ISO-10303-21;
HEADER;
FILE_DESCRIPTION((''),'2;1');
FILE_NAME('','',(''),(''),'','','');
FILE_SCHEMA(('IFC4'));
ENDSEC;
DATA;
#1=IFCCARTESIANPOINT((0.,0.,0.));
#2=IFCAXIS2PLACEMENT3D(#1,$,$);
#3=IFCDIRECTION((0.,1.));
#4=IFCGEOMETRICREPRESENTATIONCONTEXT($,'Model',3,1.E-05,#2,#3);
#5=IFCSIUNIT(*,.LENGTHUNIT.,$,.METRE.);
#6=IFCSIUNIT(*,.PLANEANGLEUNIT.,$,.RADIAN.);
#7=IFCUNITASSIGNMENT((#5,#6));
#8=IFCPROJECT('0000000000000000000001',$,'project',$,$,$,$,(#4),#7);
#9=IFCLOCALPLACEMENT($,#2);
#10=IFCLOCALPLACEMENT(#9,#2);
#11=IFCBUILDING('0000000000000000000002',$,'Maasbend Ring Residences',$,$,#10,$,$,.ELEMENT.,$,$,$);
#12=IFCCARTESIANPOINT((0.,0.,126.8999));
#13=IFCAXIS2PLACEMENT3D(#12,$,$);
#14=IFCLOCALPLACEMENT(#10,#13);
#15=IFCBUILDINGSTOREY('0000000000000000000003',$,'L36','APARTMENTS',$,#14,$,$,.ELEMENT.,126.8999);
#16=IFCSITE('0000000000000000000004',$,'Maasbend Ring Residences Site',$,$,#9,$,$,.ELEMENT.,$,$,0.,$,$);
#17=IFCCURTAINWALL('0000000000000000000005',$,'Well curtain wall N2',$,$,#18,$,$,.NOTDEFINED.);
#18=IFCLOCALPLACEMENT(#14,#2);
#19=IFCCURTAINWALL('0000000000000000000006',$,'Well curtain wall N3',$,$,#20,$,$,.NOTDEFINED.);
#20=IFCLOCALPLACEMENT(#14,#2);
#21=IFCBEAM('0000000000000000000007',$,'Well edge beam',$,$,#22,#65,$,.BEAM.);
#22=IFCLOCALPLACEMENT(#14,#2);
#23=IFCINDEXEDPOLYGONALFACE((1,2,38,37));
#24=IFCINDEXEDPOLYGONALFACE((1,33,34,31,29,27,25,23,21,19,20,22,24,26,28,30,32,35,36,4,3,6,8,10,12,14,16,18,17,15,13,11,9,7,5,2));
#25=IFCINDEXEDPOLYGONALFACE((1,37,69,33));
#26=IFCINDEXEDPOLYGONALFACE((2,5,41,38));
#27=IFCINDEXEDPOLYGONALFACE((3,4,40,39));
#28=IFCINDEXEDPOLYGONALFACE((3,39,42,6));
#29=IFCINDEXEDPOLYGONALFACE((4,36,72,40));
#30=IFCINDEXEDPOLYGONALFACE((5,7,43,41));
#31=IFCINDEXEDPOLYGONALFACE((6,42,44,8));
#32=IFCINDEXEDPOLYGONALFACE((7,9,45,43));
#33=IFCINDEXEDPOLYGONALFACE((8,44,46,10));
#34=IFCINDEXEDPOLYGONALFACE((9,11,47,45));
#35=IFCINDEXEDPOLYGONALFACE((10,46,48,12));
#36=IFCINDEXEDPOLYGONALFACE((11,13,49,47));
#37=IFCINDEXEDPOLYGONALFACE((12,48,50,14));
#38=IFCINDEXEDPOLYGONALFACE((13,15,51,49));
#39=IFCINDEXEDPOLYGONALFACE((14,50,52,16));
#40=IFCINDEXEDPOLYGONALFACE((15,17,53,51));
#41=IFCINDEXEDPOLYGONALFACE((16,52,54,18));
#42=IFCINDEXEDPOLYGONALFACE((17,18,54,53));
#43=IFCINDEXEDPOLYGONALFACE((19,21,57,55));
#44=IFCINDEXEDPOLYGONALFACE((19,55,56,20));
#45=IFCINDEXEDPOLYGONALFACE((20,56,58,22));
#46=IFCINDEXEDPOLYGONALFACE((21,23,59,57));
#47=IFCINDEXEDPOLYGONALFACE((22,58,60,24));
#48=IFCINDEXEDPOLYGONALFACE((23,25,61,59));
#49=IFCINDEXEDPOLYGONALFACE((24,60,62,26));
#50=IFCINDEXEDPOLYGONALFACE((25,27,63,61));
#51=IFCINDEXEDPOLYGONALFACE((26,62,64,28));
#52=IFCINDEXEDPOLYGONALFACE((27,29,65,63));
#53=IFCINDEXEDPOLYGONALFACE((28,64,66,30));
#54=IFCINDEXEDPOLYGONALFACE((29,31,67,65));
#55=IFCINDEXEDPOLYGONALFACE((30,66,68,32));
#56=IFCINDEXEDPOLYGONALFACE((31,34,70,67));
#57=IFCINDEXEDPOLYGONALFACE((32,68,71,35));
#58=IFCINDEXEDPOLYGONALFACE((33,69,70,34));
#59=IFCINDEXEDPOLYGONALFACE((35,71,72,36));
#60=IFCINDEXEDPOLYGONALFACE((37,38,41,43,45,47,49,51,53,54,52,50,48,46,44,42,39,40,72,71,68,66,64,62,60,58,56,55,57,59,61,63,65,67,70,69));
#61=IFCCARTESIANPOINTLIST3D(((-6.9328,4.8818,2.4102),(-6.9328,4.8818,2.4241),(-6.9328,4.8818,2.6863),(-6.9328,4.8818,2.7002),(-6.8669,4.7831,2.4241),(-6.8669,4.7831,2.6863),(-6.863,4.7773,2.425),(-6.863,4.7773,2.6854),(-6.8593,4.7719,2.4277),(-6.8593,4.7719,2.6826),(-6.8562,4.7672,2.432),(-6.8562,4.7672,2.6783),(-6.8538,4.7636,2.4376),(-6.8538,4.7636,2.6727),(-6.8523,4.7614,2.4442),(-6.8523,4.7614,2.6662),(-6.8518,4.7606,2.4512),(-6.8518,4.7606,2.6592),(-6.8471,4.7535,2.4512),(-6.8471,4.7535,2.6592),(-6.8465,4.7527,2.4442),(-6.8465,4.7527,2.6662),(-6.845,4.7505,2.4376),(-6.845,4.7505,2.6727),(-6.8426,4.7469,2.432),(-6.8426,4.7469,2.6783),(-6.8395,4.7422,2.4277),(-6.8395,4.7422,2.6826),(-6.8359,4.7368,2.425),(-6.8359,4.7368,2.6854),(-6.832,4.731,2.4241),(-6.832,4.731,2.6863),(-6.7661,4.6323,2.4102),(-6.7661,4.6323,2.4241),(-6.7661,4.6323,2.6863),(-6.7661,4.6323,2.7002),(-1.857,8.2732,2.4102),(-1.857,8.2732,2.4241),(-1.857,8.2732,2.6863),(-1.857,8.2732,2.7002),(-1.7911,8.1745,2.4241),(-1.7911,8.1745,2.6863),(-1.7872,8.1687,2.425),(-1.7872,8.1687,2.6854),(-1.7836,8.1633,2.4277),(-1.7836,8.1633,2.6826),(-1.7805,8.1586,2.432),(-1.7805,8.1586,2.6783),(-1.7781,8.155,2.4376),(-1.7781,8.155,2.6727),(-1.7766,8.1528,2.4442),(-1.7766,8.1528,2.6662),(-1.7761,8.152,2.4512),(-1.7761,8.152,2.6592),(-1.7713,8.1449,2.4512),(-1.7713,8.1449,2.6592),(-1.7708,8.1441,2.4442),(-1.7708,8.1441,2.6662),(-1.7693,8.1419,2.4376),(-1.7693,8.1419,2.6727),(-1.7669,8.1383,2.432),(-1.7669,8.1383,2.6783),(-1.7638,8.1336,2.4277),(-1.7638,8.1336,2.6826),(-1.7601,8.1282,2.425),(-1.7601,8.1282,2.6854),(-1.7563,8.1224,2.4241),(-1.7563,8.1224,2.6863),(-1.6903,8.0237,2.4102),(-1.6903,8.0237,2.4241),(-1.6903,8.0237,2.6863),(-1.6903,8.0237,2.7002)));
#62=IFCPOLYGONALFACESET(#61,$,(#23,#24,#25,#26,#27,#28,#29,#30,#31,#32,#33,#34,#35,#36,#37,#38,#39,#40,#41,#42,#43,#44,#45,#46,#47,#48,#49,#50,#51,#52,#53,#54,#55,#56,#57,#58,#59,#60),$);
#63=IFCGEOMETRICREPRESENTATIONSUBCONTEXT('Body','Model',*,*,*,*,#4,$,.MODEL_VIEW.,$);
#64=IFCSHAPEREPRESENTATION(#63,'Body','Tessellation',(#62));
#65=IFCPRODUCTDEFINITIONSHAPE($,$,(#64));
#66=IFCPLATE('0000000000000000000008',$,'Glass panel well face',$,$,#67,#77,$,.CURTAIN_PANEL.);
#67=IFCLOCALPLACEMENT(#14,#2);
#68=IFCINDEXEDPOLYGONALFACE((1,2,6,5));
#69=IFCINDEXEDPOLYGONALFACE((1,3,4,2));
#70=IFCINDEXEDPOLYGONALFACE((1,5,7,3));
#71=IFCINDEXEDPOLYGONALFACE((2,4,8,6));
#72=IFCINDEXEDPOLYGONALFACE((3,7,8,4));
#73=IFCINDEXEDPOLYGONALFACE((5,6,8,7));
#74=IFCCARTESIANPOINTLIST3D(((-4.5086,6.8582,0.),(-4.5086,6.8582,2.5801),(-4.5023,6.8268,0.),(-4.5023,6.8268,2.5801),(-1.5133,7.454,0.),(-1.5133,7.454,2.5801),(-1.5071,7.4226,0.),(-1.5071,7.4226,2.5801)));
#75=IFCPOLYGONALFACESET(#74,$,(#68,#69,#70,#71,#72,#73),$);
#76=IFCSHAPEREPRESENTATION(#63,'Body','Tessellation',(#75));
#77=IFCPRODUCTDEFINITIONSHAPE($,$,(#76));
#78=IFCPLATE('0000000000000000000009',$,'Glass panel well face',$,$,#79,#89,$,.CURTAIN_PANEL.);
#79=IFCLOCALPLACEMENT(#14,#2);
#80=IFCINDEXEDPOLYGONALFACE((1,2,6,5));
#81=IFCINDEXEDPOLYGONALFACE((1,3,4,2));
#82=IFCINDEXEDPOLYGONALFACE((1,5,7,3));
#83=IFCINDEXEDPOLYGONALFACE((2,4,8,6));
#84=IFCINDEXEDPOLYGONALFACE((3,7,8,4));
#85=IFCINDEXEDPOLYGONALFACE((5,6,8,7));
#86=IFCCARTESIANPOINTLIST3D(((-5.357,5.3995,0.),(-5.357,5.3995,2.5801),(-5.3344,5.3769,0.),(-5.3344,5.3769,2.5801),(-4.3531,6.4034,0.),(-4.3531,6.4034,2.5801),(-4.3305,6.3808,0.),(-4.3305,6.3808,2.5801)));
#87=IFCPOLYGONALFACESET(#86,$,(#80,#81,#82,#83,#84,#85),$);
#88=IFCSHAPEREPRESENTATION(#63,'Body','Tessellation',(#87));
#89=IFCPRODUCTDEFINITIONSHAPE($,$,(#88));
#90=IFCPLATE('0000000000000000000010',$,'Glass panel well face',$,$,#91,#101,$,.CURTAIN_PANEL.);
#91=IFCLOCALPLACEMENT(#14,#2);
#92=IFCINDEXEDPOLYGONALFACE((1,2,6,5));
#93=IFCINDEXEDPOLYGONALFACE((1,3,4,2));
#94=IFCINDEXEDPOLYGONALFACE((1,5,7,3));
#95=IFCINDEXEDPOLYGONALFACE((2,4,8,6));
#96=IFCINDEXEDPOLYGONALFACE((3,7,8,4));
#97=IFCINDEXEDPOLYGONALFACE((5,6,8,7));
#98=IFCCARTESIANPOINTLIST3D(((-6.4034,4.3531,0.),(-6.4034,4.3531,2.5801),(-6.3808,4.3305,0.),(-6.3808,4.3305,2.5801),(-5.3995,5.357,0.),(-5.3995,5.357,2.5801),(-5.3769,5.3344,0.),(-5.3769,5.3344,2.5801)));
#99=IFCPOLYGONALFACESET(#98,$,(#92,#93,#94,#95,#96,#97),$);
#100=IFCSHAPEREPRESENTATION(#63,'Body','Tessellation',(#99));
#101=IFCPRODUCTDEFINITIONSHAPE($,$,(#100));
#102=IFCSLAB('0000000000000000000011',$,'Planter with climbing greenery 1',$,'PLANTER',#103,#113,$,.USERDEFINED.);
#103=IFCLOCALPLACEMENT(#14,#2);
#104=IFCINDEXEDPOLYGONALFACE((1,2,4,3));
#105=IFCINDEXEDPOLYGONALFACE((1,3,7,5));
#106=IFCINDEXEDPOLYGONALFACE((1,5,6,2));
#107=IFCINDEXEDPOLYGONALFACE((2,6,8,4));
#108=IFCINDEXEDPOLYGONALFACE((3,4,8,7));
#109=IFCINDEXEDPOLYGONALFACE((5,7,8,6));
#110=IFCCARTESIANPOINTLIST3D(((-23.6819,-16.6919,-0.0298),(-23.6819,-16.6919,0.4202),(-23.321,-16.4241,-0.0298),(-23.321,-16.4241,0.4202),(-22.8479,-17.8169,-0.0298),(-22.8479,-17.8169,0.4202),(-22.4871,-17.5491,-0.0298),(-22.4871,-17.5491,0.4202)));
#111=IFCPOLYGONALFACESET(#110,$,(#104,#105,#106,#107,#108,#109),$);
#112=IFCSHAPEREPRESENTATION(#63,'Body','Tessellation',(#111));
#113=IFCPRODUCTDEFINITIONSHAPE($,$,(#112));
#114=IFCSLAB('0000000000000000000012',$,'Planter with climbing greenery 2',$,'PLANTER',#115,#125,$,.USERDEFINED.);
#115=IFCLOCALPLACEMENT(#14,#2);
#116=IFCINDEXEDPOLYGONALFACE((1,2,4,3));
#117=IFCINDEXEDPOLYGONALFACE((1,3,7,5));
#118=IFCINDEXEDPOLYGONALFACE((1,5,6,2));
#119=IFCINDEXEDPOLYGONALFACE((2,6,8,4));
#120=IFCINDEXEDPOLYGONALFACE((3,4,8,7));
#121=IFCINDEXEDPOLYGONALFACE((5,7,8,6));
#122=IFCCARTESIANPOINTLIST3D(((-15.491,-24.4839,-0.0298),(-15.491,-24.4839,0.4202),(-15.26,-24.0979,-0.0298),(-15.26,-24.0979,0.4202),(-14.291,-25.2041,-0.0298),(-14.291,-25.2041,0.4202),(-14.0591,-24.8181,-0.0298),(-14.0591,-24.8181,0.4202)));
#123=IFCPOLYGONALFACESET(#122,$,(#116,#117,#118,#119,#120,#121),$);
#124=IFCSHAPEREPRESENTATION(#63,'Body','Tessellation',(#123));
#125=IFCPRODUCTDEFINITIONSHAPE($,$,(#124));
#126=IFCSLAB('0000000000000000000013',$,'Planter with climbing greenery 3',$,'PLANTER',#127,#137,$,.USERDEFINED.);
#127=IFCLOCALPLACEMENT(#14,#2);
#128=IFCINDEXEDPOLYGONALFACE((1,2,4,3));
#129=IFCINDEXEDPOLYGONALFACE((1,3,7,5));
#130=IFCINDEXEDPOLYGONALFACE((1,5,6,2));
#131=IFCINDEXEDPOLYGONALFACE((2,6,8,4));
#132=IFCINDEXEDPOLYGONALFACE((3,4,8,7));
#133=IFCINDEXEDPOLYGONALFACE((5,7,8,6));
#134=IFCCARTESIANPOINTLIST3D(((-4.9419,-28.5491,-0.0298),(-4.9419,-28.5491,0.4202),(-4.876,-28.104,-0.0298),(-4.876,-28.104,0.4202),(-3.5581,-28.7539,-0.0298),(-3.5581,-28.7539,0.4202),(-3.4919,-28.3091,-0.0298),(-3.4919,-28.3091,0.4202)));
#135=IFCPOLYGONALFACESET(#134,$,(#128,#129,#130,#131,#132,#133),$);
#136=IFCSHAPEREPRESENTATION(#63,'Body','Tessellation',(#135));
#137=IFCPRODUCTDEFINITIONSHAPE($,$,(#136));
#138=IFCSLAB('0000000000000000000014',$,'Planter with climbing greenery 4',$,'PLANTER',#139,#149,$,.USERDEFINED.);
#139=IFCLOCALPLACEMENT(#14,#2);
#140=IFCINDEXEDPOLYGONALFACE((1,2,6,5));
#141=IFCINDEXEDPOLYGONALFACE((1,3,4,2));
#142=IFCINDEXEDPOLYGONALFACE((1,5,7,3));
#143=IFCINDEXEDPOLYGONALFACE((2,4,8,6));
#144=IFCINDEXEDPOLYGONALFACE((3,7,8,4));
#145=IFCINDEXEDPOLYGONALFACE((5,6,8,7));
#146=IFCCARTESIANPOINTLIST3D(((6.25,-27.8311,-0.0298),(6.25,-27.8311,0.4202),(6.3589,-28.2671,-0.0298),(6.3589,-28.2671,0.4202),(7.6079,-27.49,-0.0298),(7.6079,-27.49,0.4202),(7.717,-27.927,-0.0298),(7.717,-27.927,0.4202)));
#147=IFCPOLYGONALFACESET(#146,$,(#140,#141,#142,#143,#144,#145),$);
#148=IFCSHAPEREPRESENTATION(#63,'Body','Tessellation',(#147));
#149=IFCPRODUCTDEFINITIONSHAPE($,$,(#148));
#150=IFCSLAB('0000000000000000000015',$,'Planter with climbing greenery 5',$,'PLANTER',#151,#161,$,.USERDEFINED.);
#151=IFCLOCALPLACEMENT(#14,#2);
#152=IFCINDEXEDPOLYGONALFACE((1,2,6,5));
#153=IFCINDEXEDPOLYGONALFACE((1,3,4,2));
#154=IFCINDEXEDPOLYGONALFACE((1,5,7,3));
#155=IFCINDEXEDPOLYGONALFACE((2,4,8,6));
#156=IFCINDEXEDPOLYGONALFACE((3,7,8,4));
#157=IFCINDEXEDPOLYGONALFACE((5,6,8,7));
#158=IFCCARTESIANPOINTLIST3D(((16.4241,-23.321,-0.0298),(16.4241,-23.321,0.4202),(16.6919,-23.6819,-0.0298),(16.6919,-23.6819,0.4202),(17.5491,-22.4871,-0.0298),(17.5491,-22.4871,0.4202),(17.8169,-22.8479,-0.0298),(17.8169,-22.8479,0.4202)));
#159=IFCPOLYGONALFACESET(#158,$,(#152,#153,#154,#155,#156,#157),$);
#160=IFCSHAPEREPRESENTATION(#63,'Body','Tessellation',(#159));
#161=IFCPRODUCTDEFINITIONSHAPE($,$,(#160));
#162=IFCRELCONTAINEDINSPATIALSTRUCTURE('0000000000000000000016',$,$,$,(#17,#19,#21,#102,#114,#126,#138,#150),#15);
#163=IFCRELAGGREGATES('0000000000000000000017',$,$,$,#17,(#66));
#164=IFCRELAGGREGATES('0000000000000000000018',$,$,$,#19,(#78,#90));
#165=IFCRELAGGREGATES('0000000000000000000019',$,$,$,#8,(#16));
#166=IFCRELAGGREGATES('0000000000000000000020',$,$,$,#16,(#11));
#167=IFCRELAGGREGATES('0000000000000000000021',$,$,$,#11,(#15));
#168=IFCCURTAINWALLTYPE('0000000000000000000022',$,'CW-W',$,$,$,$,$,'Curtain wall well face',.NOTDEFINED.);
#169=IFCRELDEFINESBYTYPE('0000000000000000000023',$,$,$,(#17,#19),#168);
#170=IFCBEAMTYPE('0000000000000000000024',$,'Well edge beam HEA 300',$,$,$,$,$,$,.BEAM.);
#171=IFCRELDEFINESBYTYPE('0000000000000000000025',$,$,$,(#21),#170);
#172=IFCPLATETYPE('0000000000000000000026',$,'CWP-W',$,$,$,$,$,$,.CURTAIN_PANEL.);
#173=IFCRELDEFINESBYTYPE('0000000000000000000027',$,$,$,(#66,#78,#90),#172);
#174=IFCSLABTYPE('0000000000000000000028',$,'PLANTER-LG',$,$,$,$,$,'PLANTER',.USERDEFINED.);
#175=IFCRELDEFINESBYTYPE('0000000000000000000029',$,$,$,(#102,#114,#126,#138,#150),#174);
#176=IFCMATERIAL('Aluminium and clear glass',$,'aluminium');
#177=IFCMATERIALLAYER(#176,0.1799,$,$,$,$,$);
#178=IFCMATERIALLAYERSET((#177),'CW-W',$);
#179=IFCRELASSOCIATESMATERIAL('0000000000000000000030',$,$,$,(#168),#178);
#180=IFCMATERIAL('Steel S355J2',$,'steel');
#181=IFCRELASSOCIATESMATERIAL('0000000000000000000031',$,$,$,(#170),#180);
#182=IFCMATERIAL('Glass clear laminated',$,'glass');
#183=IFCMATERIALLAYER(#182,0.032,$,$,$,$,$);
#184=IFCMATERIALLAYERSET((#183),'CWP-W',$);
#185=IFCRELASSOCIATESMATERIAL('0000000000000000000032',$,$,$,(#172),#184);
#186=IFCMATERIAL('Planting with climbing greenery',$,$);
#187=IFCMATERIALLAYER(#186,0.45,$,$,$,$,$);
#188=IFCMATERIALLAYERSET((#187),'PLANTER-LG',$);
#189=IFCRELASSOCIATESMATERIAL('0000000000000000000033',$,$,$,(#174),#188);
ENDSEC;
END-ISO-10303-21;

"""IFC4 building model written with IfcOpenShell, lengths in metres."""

from ifc_helpers import new_model, si_unit, direction, frame, origin, origin_2d, place, context, subcontext, project, spatial, polyline, rectangle, i_section, outline, extrude, material, layer, layer_set, material_profile, profile_set, type_object, element, aggregate, save


model = new_model("IFC4")

# Units and contexts
model_context = context("Model", 3, precision=1e-05, world=origin(), true_north=direction((0.0, 1.0)))
body_context = subcontext(model_context, "Body", "Model", "MODEL_VIEW")
ifc_project = project(units=[si_unit("LENGTHUNIT", "METRE"), si_unit("PLANEANGLEUNIT", "RADIAN")], contexts=[model_context])

# Site, building, storey
site_placement = place(None, origin())
site = spatial("IfcSite", under=ifc_project, at=site_placement, Name="Maasbend Ring Residences Site", CompositionType="ELEMENT", RefElevation=0.0)
building_placement = place(site_placement, origin())
building = spatial("IfcBuilding", under=site, at=building_placement, Name="Maasbend Ring Residences", CompositionType="ELEMENT")
storey_placement = place(building_placement, frame((0.0, 0.0, 126.8999)))
storey = spatial("IfcBuildingStorey", under=building, at=storey_placement, Name="L36", Description="APARTMENTS", CompositionType="ELEMENT", Elevation=126.8999)

# Curtain walls
ifc_material_1 = material(Name="Aluminium and clear glass", Category="aluminium")
ifc_layer_1 = layer(ifc_material_1, 0.1799)
ifc_layer_set_1 = layer_set([ifc_layer_1], Name="CW-W")
curtain_wall_type = type_object("IfcCurtainWallType", Name="CW-W", ElementType="Curtain wall well face", PredefinedType="NOTDEFINED", material=ifc_layer_set_1)
curtain_wall_1_placement = place(storey_placement, origin())
curtain_wall_1 = element("IfcCurtainWall", 1, at=curtain_wall_1_placement, inside=storey, type_object=curtain_wall_type, Name="Well curtain wall N2", PredefinedType="NOTDEFINED")
curtain_wall_2_placement = place(storey_placement, origin())
curtain_wall_2 = element("IfcCurtainWall", 2, at=curtain_wall_2_placement, inside=storey, type_object=curtain_wall_type, Name="Well curtain wall N3", PredefinedType="NOTDEFINED")

# Beam
ifc_material_2 = material(Name="Steel S355J2", Category="steel")
ifc_material_profile_1 = material_profile(ifc_material_2, i_section(OverallWidth=0.3, OverallDepth=0.29, WebThickness=0.0085, FlangeThickness=0.0139, FilletRadius=0.0271, at=origin_2d()), Name="HEA 300")
ifc_profile_set_1 = profile_set([ifc_material_profile_1], Name="Steel S355J2")
beam_type = type_object("IfcBeamType", Name="Well edge beam HEA 300", PredefinedType="BEAM", material=ifc_profile_set_1)
beam_placement = place(storey_placement, frame((-1.7737, 8.1484, 2.5552), z_axis=(-0.831478, -0.555558, 0.0), x_axis=(0.555558, -0.831478, 0.0)))
element("IfcBeam", 3, at=beam_placement, inside=storey, type_object=beam_type, Name="Well edge beam", PredefinedType="BEAM", context=body_context, shape_type="SweptSolid", body=[
    extrude(i_section(OverallWidth=0.3, OverallDepth=0.29, WebThickness=0.0085, FlangeThickness=0.0139, FilletRadius=0.0271, at=origin_2d()), origin(), (0.0, 0.0, 1.0), 6.1045),
])

# Plates
ifc_material_3 = material(Name="Glass clear laminated", Category="glass")
ifc_layer_2 = layer(ifc_material_3, 0.032)
ifc_layer_set_2 = layer_set([ifc_layer_2], Name="CWP-W")
plate_type = type_object("IfcPlateType", Name="CWP-W", PredefinedType="CURTAIN_PANEL", material=ifc_layer_set_2)
plate_1_placement = place(storey_placement, frame((-3.0078, 7.1404, 0.0), z_axis=(0.0, 0.0, 1.0), x_axis=(-0.980785, -0.19509, 0.0)))
plate_1 = element("IfcPlate", 4, at=plate_1_placement, type_object=plate_type, Name="Glass panel well face", PredefinedType="CURTAIN_PANEL", context=body_context, shape_type="SweptSolid", body=[
    extrude(rectangle(XDim=3.054, YDim=0.032, at=origin_2d()), origin(), (0.0, 0.0, 1.0), 2.5801),
])
aggregate(curtain_wall_1, [plate_1])
plate_2_placement = place(storey_placement, frame((-4.8438, 5.8901, 0.0), z_axis=(0.0, 0.0, 1.0), x_axis=(-0.707107, -0.707107, 0.0)))
plate_2 = element("IfcPlate", 5, at=plate_2_placement, type_object=plate_type, Name="Glass panel well face", PredefinedType="CURTAIN_PANEL", context=body_context, shape_type="SweptSolid", body=[
    extrude(rectangle(XDim=1.4197, YDim=0.032, at=origin_2d()), origin(), (0.0, 0.0, 1.0), 2.5801),
])
plate_3_placement = place(storey_placement, frame((-5.8901, 4.8438, 0.0), z_axis=(0.0, 0.0, 1.0), x_axis=(-0.707107, -0.707107, 0.0)))
plate_3 = element("IfcPlate", 6, at=plate_3_placement, type_object=plate_type, Name="Glass panel well face", PredefinedType="CURTAIN_PANEL", context=body_context, shape_type="SweptSolid", body=[
    extrude(rectangle(XDim=1.4197, YDim=0.032, at=origin_2d()), origin(), (0.0, 0.0, 1.0), 2.5801),
])
aggregate(curtain_wall_2, [plate_2, plate_3])

# Slabs
ifc_material_4 = material(Name="Planting with climbing greenery")
ifc_layer_3 = layer(ifc_material_4, 0.45)
ifc_layer_set_3 = layer_set([ifc_layer_3], Name="PLANTER-LG")
slab_type_1 = type_object("IfcSlabType", Name="PLANTER-LG", ElementType="PLANTER", PredefinedType="USERDEFINED", material=ifc_layer_set_3)
slab_1_placement = place(storey_placement, frame((0.0, 0.0, -0.0298)))
element("IfcSlab", 7, at=slab_1_placement, inside=storey, type_object=slab_type_1, Name="Planter with climbing greenery 1", ObjectType="PLANTER", PredefinedType="USERDEFINED", context=body_context, shape_type="SweptSolid", body=[
    extrude(outline(polyline([(-23.6819, -16.6919), (-22.8479, -17.8169), (-22.4871, -17.5491), (-23.321, -16.4241), (-23.6819, -16.6919)])), origin(), (0.0, 0.0, 1.0), 0.45),
])
slab_2_placement = place(storey_placement, frame((0.0, 0.0, -0.0298)))
element("IfcSlab", 8, at=slab_2_placement, inside=storey, type_object=slab_type_1, Name="Planter with climbing greenery 2", ObjectType="PLANTER", PredefinedType="USERDEFINED", context=body_context, shape_type="SweptSolid", body=[
    extrude(outline(polyline([(-15.491, -24.4839), (-14.291, -25.2041), (-14.0591, -24.8181), (-15.26, -24.0979), (-15.491, -24.4839)])), origin(), (0.0, 0.0, 1.0), 0.45),
])
slab_3_placement = place(storey_placement, frame((0.0, 0.0, -0.0298)))
element("IfcSlab", 9, at=slab_3_placement, inside=storey, type_object=slab_type_1, Name="Planter with climbing greenery 3", ObjectType="PLANTER", PredefinedType="USERDEFINED", context=body_context, shape_type="SweptSolid", body=[
    extrude(outline(polyline([(-4.9419, -28.5491), (-3.5581, -28.7539), (-3.4919, -28.3091), (-4.876, -28.104), (-4.9419, -28.5491)])), origin(), (0.0, 0.0, 1.0), 0.45),
])
slab_4_placement = place(storey_placement, frame((0.0, 0.0, -0.0298)))
element("IfcSlab", 10, at=slab_4_placement, inside=storey, type_object=slab_type_1, Name="Planter with climbing greenery 4", ObjectType="PLANTER", PredefinedType="USERDEFINED", context=body_context, shape_type="SweptSolid", body=[
    extrude(outline(polyline([(6.3589, -28.2671), (7.717, -27.927), (7.6079, -27.49), (6.25, -27.8311), (6.3589, -28.2671)])), origin(), (0.0, 0.0, 1.0), 0.45),
])
slab_5_placement = place(storey_placement, frame((0.0, 0.0, -0.0298)))
element("IfcSlab", 11, at=slab_5_placement, inside=storey, type_object=slab_type_1, Name="Planter with climbing greenery 5", ObjectType="PLANTER", PredefinedType="USERDEFINED", context=body_context, shape_type="SweptSolid", body=[
    extrude(outline(polyline([(16.6919, -23.6819), (17.8169, -22.8479), (17.5491, -22.4871), (16.4241, -23.321), (16.6919, -23.6819)])), origin(), (0.0, 0.0, 1.0), 0.45),
])

save(model, "model.ifc")
